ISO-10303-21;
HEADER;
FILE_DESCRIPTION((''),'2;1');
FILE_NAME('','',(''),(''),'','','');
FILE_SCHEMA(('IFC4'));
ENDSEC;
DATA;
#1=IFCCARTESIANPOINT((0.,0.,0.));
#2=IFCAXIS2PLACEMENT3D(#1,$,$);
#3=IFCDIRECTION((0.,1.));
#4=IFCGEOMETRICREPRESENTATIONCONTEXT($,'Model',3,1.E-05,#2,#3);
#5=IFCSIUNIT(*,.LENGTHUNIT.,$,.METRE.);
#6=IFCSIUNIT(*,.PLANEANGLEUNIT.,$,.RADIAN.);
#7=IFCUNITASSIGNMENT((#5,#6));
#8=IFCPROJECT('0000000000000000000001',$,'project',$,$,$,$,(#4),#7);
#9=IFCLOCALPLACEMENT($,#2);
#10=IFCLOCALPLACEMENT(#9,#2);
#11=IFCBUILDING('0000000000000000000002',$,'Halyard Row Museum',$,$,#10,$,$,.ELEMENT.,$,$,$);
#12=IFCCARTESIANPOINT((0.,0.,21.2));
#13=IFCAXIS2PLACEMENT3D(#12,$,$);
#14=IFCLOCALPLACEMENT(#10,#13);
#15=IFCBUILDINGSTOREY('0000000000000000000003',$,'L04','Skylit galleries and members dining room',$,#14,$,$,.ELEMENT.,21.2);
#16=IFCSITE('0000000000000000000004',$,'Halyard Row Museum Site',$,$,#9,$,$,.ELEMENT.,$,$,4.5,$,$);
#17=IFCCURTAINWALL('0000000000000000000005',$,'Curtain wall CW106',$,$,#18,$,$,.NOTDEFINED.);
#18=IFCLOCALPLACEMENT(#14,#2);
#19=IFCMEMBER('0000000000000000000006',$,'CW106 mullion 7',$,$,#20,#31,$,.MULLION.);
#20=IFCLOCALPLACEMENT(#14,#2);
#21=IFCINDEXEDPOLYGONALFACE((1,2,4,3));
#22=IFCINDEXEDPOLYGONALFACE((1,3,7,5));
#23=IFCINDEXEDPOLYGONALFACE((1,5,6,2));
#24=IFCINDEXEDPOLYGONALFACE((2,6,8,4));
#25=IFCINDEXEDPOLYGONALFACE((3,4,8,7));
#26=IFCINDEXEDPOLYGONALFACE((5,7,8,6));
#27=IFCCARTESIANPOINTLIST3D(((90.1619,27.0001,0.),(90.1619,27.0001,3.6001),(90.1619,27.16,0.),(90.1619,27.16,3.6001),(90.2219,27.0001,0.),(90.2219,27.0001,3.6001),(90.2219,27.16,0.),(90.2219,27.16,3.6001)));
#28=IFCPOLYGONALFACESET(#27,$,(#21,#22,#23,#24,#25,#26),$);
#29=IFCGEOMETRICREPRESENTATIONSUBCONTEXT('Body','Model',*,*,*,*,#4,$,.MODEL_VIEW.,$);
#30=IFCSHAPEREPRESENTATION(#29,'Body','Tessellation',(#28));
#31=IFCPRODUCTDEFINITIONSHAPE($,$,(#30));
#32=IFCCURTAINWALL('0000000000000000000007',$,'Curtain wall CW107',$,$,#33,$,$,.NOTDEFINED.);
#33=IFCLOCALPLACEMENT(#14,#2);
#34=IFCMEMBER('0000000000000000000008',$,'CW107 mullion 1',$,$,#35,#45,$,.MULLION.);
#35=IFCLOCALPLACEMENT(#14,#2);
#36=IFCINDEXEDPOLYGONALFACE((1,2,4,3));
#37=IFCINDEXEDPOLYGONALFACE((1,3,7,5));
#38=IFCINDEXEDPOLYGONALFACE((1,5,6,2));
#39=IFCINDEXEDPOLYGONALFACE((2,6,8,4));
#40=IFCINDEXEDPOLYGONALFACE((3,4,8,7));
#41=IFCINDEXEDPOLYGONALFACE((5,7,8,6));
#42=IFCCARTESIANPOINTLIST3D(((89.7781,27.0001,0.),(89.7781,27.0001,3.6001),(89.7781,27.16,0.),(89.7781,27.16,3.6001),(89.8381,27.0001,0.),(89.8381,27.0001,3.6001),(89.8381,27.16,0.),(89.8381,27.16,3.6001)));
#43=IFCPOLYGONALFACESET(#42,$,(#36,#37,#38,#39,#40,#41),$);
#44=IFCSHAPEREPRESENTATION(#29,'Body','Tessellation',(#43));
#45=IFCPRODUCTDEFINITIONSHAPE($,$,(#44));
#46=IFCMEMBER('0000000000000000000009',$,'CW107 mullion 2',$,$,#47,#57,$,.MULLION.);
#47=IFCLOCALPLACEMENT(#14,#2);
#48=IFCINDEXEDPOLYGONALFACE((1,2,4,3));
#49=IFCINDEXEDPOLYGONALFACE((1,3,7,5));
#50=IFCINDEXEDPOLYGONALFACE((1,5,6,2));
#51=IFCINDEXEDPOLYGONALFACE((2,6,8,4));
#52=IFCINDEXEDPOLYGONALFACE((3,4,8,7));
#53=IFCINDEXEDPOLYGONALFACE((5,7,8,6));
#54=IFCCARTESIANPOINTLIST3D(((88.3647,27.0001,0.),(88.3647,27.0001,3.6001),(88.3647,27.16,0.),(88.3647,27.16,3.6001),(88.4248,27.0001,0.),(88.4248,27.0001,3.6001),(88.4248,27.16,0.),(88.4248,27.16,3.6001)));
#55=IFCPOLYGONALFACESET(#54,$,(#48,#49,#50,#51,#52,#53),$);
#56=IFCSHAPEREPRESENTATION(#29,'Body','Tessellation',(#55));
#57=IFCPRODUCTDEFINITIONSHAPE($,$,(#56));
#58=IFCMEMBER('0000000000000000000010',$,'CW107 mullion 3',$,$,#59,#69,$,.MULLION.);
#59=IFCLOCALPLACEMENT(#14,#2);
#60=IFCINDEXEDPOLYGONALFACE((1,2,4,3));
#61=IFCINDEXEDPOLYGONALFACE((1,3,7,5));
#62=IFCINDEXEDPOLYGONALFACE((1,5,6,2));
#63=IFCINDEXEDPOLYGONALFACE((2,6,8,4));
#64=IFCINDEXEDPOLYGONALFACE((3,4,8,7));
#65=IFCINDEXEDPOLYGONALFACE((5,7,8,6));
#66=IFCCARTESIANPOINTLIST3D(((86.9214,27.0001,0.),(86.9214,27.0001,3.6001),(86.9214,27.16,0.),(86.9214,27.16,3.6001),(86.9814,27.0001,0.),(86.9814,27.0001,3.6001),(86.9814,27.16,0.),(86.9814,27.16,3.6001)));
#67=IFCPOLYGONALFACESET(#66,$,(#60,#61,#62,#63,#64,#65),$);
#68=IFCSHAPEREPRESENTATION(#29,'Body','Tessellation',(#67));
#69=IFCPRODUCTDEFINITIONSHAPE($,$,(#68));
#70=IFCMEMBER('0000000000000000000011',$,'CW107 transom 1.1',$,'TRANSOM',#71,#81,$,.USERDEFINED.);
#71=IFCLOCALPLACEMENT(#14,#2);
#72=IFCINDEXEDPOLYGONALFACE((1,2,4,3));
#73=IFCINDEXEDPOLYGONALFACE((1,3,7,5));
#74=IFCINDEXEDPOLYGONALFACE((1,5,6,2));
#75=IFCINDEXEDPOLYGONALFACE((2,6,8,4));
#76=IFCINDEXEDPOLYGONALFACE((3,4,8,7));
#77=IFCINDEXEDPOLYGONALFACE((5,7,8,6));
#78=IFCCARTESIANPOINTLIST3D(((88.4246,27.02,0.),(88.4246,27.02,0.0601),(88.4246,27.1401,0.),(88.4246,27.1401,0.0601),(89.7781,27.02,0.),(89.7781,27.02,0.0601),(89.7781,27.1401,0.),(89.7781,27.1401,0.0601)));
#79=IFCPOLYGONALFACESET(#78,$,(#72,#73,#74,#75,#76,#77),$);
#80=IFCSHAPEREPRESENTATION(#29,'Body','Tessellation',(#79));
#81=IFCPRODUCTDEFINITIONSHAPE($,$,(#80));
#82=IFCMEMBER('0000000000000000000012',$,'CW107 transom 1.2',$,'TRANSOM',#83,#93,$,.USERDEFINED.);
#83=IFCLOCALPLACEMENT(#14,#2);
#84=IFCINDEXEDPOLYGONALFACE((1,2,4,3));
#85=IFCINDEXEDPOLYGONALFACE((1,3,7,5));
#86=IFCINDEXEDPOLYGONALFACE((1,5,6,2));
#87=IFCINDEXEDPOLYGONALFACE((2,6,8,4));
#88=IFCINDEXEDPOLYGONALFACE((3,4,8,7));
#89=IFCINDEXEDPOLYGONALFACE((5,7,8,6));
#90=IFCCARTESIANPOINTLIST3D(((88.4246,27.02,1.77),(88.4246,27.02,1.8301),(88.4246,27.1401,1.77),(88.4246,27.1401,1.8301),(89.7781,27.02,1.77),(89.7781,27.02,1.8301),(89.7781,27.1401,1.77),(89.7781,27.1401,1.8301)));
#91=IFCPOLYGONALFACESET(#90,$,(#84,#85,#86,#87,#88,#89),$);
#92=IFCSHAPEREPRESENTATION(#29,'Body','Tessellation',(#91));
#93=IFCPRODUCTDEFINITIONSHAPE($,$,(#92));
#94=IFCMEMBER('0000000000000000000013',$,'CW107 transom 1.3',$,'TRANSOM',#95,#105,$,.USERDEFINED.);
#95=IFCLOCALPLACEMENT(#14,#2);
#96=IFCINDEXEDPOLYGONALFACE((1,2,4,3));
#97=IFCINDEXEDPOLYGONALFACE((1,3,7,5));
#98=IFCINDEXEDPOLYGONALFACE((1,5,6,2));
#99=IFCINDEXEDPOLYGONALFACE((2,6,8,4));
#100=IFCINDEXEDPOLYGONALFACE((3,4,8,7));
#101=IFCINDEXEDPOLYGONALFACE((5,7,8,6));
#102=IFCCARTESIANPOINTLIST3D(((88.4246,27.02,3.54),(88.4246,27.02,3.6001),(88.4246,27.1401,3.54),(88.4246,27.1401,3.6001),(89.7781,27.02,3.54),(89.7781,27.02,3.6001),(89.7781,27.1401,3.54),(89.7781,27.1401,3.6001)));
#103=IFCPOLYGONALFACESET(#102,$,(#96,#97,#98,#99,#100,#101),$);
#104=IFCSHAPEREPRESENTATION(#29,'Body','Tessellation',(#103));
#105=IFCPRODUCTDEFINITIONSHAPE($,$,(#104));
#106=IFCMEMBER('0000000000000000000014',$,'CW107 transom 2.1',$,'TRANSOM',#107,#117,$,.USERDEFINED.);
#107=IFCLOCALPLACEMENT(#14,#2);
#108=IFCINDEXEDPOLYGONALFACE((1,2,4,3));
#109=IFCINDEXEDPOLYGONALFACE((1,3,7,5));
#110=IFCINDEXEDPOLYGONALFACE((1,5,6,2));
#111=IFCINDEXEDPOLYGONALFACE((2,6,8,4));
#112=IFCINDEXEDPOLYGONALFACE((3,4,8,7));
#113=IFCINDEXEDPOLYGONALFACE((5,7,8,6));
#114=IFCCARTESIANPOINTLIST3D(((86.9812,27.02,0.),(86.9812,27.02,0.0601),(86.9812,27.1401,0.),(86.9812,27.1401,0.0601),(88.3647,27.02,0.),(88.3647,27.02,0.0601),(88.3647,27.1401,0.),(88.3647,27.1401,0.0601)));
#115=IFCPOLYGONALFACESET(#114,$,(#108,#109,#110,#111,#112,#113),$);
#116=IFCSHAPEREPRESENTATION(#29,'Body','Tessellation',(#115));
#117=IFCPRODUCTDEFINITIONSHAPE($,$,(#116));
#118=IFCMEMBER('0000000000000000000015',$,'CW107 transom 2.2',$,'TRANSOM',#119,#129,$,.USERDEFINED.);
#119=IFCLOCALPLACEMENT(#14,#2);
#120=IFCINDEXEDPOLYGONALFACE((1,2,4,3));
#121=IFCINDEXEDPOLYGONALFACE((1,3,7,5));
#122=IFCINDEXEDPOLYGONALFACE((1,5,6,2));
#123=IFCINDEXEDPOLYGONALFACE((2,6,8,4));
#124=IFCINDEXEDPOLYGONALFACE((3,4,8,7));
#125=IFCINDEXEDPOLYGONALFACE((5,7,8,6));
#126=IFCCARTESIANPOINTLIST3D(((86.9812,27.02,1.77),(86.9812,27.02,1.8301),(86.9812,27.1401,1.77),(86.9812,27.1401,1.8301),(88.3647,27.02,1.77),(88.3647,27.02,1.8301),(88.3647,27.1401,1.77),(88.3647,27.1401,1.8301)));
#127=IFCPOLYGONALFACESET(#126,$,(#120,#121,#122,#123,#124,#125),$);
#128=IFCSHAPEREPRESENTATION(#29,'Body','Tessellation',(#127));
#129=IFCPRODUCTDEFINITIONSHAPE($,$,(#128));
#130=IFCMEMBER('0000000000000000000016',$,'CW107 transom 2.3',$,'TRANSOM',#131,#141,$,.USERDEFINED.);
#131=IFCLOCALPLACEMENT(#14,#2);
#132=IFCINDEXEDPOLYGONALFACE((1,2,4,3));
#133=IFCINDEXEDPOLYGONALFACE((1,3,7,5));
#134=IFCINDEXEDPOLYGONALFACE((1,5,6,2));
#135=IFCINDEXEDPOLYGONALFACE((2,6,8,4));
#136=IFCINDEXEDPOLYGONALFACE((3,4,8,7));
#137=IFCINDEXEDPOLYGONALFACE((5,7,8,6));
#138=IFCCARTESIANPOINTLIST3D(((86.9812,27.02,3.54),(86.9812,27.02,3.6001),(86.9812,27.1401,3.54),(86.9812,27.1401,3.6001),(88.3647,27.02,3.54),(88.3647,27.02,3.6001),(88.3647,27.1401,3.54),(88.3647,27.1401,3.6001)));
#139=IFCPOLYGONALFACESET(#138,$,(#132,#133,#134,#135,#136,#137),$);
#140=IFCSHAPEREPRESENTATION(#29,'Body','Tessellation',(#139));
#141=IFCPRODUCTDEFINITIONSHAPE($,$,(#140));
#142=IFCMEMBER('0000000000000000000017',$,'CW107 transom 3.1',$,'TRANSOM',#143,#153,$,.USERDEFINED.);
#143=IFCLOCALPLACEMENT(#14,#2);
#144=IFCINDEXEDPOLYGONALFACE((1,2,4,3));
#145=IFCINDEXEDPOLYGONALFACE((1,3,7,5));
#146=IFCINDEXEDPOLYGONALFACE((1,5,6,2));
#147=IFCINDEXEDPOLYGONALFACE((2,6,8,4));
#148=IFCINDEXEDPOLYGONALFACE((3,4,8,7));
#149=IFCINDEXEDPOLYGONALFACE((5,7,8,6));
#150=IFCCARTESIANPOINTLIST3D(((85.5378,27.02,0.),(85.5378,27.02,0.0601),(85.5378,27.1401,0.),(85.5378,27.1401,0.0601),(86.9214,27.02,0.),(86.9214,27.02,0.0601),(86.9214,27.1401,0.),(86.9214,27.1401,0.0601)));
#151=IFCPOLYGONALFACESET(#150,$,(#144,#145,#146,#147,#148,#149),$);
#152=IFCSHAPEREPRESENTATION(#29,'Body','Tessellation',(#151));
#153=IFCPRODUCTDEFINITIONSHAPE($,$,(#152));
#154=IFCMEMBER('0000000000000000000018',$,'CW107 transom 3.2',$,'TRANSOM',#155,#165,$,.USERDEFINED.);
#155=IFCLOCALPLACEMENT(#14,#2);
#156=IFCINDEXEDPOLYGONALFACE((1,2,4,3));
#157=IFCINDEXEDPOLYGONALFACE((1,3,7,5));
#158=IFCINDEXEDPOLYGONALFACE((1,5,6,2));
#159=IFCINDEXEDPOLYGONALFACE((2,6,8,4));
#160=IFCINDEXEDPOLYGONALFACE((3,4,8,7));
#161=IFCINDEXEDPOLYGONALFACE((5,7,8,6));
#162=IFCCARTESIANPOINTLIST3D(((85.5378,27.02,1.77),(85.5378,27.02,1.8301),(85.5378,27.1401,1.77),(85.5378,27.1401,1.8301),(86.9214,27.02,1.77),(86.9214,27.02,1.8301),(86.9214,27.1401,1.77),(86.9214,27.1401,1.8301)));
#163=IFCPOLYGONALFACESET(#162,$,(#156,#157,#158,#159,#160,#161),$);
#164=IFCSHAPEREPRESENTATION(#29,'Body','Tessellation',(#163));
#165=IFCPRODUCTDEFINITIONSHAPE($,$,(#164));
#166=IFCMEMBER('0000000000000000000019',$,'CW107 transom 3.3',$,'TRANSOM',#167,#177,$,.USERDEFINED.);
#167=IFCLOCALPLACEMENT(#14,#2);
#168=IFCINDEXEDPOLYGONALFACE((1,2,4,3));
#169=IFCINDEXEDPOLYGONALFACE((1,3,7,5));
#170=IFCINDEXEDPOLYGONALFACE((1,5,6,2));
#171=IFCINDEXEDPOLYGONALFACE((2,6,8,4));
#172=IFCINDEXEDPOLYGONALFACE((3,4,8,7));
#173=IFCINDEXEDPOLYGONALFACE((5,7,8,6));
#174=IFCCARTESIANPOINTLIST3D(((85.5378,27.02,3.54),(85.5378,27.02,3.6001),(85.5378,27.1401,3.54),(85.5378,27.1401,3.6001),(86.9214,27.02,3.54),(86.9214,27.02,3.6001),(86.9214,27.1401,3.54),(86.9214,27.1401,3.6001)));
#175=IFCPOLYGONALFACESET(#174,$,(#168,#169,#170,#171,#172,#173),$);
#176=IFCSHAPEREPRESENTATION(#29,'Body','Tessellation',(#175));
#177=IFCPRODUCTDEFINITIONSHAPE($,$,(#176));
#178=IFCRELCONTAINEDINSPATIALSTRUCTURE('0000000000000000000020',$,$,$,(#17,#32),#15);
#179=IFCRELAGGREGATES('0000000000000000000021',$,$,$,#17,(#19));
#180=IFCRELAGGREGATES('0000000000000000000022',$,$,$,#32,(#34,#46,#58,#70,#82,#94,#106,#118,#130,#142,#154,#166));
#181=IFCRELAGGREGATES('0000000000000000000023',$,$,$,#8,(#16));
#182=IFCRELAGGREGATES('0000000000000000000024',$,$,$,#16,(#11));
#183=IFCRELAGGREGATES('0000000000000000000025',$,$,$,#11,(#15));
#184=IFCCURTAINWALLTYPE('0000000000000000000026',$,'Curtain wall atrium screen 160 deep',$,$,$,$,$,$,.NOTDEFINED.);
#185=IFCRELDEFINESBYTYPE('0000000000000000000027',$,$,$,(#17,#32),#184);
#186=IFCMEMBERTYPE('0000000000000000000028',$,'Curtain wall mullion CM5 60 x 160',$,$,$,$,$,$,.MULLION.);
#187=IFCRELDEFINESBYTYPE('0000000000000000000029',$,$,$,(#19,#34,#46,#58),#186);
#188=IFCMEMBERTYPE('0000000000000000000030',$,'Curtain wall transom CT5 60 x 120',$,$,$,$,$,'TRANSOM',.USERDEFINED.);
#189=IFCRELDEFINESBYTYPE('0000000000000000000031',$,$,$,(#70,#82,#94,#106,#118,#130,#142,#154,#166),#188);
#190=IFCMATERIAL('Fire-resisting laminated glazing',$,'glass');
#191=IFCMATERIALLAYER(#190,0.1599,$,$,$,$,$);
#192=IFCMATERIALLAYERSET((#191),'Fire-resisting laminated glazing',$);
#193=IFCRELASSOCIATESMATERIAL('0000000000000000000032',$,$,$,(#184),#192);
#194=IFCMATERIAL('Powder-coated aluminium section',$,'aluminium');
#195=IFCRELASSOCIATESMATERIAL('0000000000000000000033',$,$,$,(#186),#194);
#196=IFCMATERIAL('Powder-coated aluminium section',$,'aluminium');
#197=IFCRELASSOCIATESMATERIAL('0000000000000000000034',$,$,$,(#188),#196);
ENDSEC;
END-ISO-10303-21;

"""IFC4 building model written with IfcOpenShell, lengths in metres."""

from ifc_helpers import new_model, si_unit, direction, frame, origin, origin_2d, place, context, subcontext, project, spatial, rectangle, extrude, material, layer, layer_set, material_profile, profile_set, type_object, element, aggregate, save


model = new_model("IFC4")

# Units and contexts
model_context = context("Model", 3, precision=1e-05, world=origin(), true_north=direction((0.0, 1.0)))
body_context = subcontext(model_context, "Body", "Model", "MODEL_VIEW")
ifc_project = project(units=[si_unit("LENGTHUNIT", "METRE"), si_unit("PLANEANGLEUNIT", "RADIAN")], contexts=[model_context])

# Site, building, storey
site_placement = place(None, origin())
site = spatial("IfcSite", under=ifc_project, at=site_placement, Name="Halyard Row Museum Site", CompositionType="ELEMENT", RefElevation=4.5)
building_placement = place(site_placement, origin())
building = spatial("IfcBuilding", under=site, at=building_placement, Name="Halyard Row Museum", CompositionType="ELEMENT")
storey_placement = place(building_placement, frame((0.0, 0.0, 21.2)))
storey = spatial("IfcBuildingStorey", under=building, at=storey_placement, Name="L04", Description="Skylit galleries and members dining room", CompositionType="ELEMENT", Elevation=21.2)

# Curtain wall, member
ifc_material_1 = material(Name="Fire-resisting laminated glazing", Category="glass")
ifc_layer_1 = layer(ifc_material_1, 0.1599)
ifc_layer_set_1 = layer_set([ifc_layer_1], Name="Fire-resisting laminated glazing")
curtain_wall_type_1 = type_object("IfcCurtainWallType", Name="Curtain wall atrium screen 160 deep", PredefinedType="NOTDEFINED", material=ifc_layer_set_1)
curtain_wall_1_placement = place(storey_placement, origin())
curtain_wall_1 = element("IfcCurtainWall", 1, at=curtain_wall_1_placement, inside=storey, type_object=curtain_wall_type_1, Name="Curtain wall CW106", PredefinedType="NOTDEFINED")
ifc_material_2 = material(Name="Powder-coated aluminium section", Category="aluminium")
ifc_material_profile_1 = material_profile(ifc_material_2, rectangle(XDim=0.1599, YDim=0.0601, at=origin_2d()), Name="160x60 mullion")
ifc_profile_set_1 = profile_set([ifc_material_profile_1], Name="Powder-coated aluminium section")
member_type_1 = type_object("IfcMemberType", Name="Curtain wall mullion CM5 60 x 160", PredefinedType="MULLION", material=ifc_profile_set_1)
member_1_placement = place(storey_placement, frame((90.1919, 27.0801, 0.0), z_axis=(0.0, 0.0, 1.0), x_axis=(0.0, -1.0, 0.0)))
member_1 = element("IfcMember", 2, at=member_1_placement, type_object=member_type_1, Name="CW106 mullion 7", PredefinedType="MULLION", context=body_context, shape_type="SweptSolid", body=[
    extrude(rectangle(XDim=0.1599, YDim=0.0601, at=origin_2d()), origin(), (0.0, 0.0, 1.0), 3.6001),
])
aggregate(curtain_wall_1, [member_1])

# Curtain wall, members
curtain_wall_2_placement = place(storey_placement, origin())
curtain_wall_2 = element("IfcCurtainWall", 3, at=curtain_wall_2_placement, inside=storey, type_object=curtain_wall_type_1, Name="Curtain wall CW107", PredefinedType="NOTDEFINED")
member_2_placement = place(storey_placement, frame((89.8081, 27.0801, 0.0), z_axis=(0.0, 0.0, 1.0), x_axis=(0.0, -1.0, 0.0)))
member_2 = element("IfcMember", 4, at=member_2_placement, type_object=member_type_1, Name="CW107 mullion 1", PredefinedType="MULLION", context=body_context, shape_type="SweptSolid", body=[
    extrude(rectangle(XDim=0.1599, YDim=0.0601, at=origin_2d()), origin(), (0.0, 0.0, 1.0), 3.6001),
])
member_3_placement = place(storey_placement, frame((88.3948, 27.0801, 0.0), z_axis=(0.0, 0.0, 1.0), x_axis=(0.0, -1.0, 0.0)))
member_3 = element("IfcMember", 5, at=member_3_placement, type_object=member_type_1, Name="CW107 mullion 2", PredefinedType="MULLION", context=body_context, shape_type="SweptSolid", body=[
    extrude(rectangle(XDim=0.1599, YDim=0.0601, at=origin_2d()), origin(), (0.0, 0.0, 1.0), 3.6001),
])
member_4_placement = place(storey_placement, frame((86.9514, 27.0801, 0.0), z_axis=(0.0, 0.0, 1.0), x_axis=(0.0, -1.0, 0.0)))
member_4 = element("IfcMember", 6, at=member_4_placement, type_object=member_type_1, Name="CW107 mullion 3", PredefinedType="MULLION", context=body_context, shape_type="SweptSolid", body=[
    extrude(rectangle(XDim=0.1599, YDim=0.0601, at=origin_2d()), origin(), (0.0, 0.0, 1.0), 3.6001),
])
ifc_material_3 = material(Name="Powder-coated aluminium section", Category="aluminium")
ifc_material_profile_2 = material_profile(ifc_material_3, rectangle(XDim=0.1201, YDim=0.0601, at=origin_2d()), Name="120x60 transom")
ifc_profile_set_2 = profile_set([ifc_material_profile_2], Name="Powder-coated aluminium section")
member_type_2 = type_object("IfcMemberType", Name="Curtain wall transom CT5 60 x 120", ElementType="TRANSOM", PredefinedType="USERDEFINED", material=ifc_profile_set_2)
member_5_placement = place(storey_placement, frame((89.7781, 27.0801, 0.03), z_axis=(-1.0, 0.0, 0.0), x_axis=(0.0, -1.0, 0.0)))
member_5 = element("IfcMember", 7, at=member_5_placement, type_object=member_type_2, Name="CW107 transom 1.1", ObjectType="TRANSOM", PredefinedType="USERDEFINED", context=body_context, shape_type="SweptSolid", body=[
    extrude(rectangle(XDim=0.1201, YDim=0.0601, at=origin_2d()), origin(), (0.0, 0.0, 1.0), 1.3535),
])
member_6_placement = place(storey_placement, frame((89.7781, 27.0801, 1.8), z_axis=(-1.0, 0.0, 0.0), x_axis=(0.0, -1.0, 0.0)))
member_6 = element("IfcMember", 8, at=member_6_placement, type_object=member_type_2, Name="CW107 transom 1.2", ObjectType="TRANSOM", PredefinedType="USERDEFINED", context=body_context, shape_type="SweptSolid", body=[
    extrude(rectangle(XDim=0.1201, YDim=0.0601, at=origin_2d()), origin(), (0.0, 0.0, 1.0), 1.3535),
])
member_7_placement = place(storey_placement, frame((89.7781, 27.0801, 3.5701), z_axis=(-1.0, 0.0, 0.0), x_axis=(0.0, -1.0, 0.0)))
member_7 = element("IfcMember", 9, at=member_7_placement, type_object=member_type_2, Name="CW107 transom 1.3", ObjectType="TRANSOM", PredefinedType="USERDEFINED", context=body_context, shape_type="SweptSolid", body=[
    extrude(rectangle(XDim=0.1201, YDim=0.0601, at=origin_2d()), origin(), (0.0, 0.0, 1.0), 1.3535),
])
member_8_placement = place(storey_placement, frame((88.3647, 27.0801, 0.03), z_axis=(-1.0, 0.0, 0.0), x_axis=(0.0, -1.0, 0.0)))
member_8 = element("IfcMember", 10, at=member_8_placement, type_object=member_type_2, Name="CW107 transom 2.1", ObjectType="TRANSOM", PredefinedType="USERDEFINED", context=body_context, shape_type="SweptSolid", body=[
    extrude(rectangle(XDim=0.1201, YDim=0.0601, at=origin_2d()), origin(), (0.0, 0.0, 1.0), 1.3835),
])
member_9_placement = place(storey_placement, frame((88.3647, 27.0801, 1.8), z_axis=(-1.0, 0.0, 0.0), x_axis=(0.0, -1.0, 0.0)))
member_9 = element("IfcMember", 11, at=member_9_placement, type_object=member_type_2, Name="CW107 transom 2.2", ObjectType="TRANSOM", PredefinedType="USERDEFINED", context=body_context, shape_type="SweptSolid", body=[
    extrude(rectangle(XDim=0.1201, YDim=0.0601, at=origin_2d()), origin(), (0.0, 0.0, 1.0), 1.3835),
])
member_10_placement = place(storey_placement, frame((88.3647, 27.0801, 3.5701), z_axis=(-1.0, 0.0, 0.0), x_axis=(0.0, -1.0, 0.0)))
member_10 = element("IfcMember", 12, at=member_10_placement, type_object=member_type_2, Name="CW107 transom 2.3", ObjectType="TRANSOM", PredefinedType="USERDEFINED", context=body_context, shape_type="SweptSolid", body=[
    extrude(rectangle(XDim=0.1201, YDim=0.0601, at=origin_2d()), origin(), (0.0, 0.0, 1.0), 1.3835),
])
member_11_placement = place(storey_placement, frame((86.9214, 27.0801, 0.03), z_axis=(-1.0, 0.0, 0.0), x_axis=(0.0, -1.0, 0.0)))
member_11 = element("IfcMember", 13, at=member_11_placement, type_object=member_type_2, Name="CW107 transom 3.1", ObjectType="TRANSOM", PredefinedType="USERDEFINED", context=body_context, shape_type="SweptSolid", body=[
    extrude(rectangle(XDim=0.1201, YDim=0.0601, at=origin_2d()), origin(), (0.0, 0.0, 1.0), 1.3835),
])
member_12_placement = place(storey_placement, frame((86.9214, 27.0801, 1.8), z_axis=(-1.0, 0.0, 0.0), x_axis=(0.0, -1.0, 0.0)))
member_12 = element("IfcMember", 14, at=member_12_placement, type_object=member_type_2, Name="CW107 transom 3.2", ObjectType="TRANSOM", PredefinedType="USERDEFINED", context=body_context, shape_type="SweptSolid", body=[
    extrude(rectangle(XDim=0.1201, YDim=0.0601, at=origin_2d()), origin(), (0.0, 0.0, 1.0), 1.3835),
])
member_13_placement = place(storey_placement, frame((86.9214, 27.0801, 3.5701), z_axis=(-1.0, 0.0, 0.0), x_axis=(0.0, -1.0, 0.0)))
member_13 = element("IfcMember", 15, at=member_13_placement, type_object=member_type_2, Name="CW107 transom 3.3", ObjectType="TRANSOM", PredefinedType="USERDEFINED", context=body_context, shape_type="SweptSolid", body=[
    extrude(rectangle(XDim=0.1201, YDim=0.0601, at=origin_2d()), origin(), (0.0, 0.0, 1.0), 1.3835),
])

aggregate(curtain_wall_2, [member_2, member_3, member_4, member_5, member_6, member_7, member_8, member_9, member_10, member_11, member_12, member_13])

save(model, "model.ifc")
